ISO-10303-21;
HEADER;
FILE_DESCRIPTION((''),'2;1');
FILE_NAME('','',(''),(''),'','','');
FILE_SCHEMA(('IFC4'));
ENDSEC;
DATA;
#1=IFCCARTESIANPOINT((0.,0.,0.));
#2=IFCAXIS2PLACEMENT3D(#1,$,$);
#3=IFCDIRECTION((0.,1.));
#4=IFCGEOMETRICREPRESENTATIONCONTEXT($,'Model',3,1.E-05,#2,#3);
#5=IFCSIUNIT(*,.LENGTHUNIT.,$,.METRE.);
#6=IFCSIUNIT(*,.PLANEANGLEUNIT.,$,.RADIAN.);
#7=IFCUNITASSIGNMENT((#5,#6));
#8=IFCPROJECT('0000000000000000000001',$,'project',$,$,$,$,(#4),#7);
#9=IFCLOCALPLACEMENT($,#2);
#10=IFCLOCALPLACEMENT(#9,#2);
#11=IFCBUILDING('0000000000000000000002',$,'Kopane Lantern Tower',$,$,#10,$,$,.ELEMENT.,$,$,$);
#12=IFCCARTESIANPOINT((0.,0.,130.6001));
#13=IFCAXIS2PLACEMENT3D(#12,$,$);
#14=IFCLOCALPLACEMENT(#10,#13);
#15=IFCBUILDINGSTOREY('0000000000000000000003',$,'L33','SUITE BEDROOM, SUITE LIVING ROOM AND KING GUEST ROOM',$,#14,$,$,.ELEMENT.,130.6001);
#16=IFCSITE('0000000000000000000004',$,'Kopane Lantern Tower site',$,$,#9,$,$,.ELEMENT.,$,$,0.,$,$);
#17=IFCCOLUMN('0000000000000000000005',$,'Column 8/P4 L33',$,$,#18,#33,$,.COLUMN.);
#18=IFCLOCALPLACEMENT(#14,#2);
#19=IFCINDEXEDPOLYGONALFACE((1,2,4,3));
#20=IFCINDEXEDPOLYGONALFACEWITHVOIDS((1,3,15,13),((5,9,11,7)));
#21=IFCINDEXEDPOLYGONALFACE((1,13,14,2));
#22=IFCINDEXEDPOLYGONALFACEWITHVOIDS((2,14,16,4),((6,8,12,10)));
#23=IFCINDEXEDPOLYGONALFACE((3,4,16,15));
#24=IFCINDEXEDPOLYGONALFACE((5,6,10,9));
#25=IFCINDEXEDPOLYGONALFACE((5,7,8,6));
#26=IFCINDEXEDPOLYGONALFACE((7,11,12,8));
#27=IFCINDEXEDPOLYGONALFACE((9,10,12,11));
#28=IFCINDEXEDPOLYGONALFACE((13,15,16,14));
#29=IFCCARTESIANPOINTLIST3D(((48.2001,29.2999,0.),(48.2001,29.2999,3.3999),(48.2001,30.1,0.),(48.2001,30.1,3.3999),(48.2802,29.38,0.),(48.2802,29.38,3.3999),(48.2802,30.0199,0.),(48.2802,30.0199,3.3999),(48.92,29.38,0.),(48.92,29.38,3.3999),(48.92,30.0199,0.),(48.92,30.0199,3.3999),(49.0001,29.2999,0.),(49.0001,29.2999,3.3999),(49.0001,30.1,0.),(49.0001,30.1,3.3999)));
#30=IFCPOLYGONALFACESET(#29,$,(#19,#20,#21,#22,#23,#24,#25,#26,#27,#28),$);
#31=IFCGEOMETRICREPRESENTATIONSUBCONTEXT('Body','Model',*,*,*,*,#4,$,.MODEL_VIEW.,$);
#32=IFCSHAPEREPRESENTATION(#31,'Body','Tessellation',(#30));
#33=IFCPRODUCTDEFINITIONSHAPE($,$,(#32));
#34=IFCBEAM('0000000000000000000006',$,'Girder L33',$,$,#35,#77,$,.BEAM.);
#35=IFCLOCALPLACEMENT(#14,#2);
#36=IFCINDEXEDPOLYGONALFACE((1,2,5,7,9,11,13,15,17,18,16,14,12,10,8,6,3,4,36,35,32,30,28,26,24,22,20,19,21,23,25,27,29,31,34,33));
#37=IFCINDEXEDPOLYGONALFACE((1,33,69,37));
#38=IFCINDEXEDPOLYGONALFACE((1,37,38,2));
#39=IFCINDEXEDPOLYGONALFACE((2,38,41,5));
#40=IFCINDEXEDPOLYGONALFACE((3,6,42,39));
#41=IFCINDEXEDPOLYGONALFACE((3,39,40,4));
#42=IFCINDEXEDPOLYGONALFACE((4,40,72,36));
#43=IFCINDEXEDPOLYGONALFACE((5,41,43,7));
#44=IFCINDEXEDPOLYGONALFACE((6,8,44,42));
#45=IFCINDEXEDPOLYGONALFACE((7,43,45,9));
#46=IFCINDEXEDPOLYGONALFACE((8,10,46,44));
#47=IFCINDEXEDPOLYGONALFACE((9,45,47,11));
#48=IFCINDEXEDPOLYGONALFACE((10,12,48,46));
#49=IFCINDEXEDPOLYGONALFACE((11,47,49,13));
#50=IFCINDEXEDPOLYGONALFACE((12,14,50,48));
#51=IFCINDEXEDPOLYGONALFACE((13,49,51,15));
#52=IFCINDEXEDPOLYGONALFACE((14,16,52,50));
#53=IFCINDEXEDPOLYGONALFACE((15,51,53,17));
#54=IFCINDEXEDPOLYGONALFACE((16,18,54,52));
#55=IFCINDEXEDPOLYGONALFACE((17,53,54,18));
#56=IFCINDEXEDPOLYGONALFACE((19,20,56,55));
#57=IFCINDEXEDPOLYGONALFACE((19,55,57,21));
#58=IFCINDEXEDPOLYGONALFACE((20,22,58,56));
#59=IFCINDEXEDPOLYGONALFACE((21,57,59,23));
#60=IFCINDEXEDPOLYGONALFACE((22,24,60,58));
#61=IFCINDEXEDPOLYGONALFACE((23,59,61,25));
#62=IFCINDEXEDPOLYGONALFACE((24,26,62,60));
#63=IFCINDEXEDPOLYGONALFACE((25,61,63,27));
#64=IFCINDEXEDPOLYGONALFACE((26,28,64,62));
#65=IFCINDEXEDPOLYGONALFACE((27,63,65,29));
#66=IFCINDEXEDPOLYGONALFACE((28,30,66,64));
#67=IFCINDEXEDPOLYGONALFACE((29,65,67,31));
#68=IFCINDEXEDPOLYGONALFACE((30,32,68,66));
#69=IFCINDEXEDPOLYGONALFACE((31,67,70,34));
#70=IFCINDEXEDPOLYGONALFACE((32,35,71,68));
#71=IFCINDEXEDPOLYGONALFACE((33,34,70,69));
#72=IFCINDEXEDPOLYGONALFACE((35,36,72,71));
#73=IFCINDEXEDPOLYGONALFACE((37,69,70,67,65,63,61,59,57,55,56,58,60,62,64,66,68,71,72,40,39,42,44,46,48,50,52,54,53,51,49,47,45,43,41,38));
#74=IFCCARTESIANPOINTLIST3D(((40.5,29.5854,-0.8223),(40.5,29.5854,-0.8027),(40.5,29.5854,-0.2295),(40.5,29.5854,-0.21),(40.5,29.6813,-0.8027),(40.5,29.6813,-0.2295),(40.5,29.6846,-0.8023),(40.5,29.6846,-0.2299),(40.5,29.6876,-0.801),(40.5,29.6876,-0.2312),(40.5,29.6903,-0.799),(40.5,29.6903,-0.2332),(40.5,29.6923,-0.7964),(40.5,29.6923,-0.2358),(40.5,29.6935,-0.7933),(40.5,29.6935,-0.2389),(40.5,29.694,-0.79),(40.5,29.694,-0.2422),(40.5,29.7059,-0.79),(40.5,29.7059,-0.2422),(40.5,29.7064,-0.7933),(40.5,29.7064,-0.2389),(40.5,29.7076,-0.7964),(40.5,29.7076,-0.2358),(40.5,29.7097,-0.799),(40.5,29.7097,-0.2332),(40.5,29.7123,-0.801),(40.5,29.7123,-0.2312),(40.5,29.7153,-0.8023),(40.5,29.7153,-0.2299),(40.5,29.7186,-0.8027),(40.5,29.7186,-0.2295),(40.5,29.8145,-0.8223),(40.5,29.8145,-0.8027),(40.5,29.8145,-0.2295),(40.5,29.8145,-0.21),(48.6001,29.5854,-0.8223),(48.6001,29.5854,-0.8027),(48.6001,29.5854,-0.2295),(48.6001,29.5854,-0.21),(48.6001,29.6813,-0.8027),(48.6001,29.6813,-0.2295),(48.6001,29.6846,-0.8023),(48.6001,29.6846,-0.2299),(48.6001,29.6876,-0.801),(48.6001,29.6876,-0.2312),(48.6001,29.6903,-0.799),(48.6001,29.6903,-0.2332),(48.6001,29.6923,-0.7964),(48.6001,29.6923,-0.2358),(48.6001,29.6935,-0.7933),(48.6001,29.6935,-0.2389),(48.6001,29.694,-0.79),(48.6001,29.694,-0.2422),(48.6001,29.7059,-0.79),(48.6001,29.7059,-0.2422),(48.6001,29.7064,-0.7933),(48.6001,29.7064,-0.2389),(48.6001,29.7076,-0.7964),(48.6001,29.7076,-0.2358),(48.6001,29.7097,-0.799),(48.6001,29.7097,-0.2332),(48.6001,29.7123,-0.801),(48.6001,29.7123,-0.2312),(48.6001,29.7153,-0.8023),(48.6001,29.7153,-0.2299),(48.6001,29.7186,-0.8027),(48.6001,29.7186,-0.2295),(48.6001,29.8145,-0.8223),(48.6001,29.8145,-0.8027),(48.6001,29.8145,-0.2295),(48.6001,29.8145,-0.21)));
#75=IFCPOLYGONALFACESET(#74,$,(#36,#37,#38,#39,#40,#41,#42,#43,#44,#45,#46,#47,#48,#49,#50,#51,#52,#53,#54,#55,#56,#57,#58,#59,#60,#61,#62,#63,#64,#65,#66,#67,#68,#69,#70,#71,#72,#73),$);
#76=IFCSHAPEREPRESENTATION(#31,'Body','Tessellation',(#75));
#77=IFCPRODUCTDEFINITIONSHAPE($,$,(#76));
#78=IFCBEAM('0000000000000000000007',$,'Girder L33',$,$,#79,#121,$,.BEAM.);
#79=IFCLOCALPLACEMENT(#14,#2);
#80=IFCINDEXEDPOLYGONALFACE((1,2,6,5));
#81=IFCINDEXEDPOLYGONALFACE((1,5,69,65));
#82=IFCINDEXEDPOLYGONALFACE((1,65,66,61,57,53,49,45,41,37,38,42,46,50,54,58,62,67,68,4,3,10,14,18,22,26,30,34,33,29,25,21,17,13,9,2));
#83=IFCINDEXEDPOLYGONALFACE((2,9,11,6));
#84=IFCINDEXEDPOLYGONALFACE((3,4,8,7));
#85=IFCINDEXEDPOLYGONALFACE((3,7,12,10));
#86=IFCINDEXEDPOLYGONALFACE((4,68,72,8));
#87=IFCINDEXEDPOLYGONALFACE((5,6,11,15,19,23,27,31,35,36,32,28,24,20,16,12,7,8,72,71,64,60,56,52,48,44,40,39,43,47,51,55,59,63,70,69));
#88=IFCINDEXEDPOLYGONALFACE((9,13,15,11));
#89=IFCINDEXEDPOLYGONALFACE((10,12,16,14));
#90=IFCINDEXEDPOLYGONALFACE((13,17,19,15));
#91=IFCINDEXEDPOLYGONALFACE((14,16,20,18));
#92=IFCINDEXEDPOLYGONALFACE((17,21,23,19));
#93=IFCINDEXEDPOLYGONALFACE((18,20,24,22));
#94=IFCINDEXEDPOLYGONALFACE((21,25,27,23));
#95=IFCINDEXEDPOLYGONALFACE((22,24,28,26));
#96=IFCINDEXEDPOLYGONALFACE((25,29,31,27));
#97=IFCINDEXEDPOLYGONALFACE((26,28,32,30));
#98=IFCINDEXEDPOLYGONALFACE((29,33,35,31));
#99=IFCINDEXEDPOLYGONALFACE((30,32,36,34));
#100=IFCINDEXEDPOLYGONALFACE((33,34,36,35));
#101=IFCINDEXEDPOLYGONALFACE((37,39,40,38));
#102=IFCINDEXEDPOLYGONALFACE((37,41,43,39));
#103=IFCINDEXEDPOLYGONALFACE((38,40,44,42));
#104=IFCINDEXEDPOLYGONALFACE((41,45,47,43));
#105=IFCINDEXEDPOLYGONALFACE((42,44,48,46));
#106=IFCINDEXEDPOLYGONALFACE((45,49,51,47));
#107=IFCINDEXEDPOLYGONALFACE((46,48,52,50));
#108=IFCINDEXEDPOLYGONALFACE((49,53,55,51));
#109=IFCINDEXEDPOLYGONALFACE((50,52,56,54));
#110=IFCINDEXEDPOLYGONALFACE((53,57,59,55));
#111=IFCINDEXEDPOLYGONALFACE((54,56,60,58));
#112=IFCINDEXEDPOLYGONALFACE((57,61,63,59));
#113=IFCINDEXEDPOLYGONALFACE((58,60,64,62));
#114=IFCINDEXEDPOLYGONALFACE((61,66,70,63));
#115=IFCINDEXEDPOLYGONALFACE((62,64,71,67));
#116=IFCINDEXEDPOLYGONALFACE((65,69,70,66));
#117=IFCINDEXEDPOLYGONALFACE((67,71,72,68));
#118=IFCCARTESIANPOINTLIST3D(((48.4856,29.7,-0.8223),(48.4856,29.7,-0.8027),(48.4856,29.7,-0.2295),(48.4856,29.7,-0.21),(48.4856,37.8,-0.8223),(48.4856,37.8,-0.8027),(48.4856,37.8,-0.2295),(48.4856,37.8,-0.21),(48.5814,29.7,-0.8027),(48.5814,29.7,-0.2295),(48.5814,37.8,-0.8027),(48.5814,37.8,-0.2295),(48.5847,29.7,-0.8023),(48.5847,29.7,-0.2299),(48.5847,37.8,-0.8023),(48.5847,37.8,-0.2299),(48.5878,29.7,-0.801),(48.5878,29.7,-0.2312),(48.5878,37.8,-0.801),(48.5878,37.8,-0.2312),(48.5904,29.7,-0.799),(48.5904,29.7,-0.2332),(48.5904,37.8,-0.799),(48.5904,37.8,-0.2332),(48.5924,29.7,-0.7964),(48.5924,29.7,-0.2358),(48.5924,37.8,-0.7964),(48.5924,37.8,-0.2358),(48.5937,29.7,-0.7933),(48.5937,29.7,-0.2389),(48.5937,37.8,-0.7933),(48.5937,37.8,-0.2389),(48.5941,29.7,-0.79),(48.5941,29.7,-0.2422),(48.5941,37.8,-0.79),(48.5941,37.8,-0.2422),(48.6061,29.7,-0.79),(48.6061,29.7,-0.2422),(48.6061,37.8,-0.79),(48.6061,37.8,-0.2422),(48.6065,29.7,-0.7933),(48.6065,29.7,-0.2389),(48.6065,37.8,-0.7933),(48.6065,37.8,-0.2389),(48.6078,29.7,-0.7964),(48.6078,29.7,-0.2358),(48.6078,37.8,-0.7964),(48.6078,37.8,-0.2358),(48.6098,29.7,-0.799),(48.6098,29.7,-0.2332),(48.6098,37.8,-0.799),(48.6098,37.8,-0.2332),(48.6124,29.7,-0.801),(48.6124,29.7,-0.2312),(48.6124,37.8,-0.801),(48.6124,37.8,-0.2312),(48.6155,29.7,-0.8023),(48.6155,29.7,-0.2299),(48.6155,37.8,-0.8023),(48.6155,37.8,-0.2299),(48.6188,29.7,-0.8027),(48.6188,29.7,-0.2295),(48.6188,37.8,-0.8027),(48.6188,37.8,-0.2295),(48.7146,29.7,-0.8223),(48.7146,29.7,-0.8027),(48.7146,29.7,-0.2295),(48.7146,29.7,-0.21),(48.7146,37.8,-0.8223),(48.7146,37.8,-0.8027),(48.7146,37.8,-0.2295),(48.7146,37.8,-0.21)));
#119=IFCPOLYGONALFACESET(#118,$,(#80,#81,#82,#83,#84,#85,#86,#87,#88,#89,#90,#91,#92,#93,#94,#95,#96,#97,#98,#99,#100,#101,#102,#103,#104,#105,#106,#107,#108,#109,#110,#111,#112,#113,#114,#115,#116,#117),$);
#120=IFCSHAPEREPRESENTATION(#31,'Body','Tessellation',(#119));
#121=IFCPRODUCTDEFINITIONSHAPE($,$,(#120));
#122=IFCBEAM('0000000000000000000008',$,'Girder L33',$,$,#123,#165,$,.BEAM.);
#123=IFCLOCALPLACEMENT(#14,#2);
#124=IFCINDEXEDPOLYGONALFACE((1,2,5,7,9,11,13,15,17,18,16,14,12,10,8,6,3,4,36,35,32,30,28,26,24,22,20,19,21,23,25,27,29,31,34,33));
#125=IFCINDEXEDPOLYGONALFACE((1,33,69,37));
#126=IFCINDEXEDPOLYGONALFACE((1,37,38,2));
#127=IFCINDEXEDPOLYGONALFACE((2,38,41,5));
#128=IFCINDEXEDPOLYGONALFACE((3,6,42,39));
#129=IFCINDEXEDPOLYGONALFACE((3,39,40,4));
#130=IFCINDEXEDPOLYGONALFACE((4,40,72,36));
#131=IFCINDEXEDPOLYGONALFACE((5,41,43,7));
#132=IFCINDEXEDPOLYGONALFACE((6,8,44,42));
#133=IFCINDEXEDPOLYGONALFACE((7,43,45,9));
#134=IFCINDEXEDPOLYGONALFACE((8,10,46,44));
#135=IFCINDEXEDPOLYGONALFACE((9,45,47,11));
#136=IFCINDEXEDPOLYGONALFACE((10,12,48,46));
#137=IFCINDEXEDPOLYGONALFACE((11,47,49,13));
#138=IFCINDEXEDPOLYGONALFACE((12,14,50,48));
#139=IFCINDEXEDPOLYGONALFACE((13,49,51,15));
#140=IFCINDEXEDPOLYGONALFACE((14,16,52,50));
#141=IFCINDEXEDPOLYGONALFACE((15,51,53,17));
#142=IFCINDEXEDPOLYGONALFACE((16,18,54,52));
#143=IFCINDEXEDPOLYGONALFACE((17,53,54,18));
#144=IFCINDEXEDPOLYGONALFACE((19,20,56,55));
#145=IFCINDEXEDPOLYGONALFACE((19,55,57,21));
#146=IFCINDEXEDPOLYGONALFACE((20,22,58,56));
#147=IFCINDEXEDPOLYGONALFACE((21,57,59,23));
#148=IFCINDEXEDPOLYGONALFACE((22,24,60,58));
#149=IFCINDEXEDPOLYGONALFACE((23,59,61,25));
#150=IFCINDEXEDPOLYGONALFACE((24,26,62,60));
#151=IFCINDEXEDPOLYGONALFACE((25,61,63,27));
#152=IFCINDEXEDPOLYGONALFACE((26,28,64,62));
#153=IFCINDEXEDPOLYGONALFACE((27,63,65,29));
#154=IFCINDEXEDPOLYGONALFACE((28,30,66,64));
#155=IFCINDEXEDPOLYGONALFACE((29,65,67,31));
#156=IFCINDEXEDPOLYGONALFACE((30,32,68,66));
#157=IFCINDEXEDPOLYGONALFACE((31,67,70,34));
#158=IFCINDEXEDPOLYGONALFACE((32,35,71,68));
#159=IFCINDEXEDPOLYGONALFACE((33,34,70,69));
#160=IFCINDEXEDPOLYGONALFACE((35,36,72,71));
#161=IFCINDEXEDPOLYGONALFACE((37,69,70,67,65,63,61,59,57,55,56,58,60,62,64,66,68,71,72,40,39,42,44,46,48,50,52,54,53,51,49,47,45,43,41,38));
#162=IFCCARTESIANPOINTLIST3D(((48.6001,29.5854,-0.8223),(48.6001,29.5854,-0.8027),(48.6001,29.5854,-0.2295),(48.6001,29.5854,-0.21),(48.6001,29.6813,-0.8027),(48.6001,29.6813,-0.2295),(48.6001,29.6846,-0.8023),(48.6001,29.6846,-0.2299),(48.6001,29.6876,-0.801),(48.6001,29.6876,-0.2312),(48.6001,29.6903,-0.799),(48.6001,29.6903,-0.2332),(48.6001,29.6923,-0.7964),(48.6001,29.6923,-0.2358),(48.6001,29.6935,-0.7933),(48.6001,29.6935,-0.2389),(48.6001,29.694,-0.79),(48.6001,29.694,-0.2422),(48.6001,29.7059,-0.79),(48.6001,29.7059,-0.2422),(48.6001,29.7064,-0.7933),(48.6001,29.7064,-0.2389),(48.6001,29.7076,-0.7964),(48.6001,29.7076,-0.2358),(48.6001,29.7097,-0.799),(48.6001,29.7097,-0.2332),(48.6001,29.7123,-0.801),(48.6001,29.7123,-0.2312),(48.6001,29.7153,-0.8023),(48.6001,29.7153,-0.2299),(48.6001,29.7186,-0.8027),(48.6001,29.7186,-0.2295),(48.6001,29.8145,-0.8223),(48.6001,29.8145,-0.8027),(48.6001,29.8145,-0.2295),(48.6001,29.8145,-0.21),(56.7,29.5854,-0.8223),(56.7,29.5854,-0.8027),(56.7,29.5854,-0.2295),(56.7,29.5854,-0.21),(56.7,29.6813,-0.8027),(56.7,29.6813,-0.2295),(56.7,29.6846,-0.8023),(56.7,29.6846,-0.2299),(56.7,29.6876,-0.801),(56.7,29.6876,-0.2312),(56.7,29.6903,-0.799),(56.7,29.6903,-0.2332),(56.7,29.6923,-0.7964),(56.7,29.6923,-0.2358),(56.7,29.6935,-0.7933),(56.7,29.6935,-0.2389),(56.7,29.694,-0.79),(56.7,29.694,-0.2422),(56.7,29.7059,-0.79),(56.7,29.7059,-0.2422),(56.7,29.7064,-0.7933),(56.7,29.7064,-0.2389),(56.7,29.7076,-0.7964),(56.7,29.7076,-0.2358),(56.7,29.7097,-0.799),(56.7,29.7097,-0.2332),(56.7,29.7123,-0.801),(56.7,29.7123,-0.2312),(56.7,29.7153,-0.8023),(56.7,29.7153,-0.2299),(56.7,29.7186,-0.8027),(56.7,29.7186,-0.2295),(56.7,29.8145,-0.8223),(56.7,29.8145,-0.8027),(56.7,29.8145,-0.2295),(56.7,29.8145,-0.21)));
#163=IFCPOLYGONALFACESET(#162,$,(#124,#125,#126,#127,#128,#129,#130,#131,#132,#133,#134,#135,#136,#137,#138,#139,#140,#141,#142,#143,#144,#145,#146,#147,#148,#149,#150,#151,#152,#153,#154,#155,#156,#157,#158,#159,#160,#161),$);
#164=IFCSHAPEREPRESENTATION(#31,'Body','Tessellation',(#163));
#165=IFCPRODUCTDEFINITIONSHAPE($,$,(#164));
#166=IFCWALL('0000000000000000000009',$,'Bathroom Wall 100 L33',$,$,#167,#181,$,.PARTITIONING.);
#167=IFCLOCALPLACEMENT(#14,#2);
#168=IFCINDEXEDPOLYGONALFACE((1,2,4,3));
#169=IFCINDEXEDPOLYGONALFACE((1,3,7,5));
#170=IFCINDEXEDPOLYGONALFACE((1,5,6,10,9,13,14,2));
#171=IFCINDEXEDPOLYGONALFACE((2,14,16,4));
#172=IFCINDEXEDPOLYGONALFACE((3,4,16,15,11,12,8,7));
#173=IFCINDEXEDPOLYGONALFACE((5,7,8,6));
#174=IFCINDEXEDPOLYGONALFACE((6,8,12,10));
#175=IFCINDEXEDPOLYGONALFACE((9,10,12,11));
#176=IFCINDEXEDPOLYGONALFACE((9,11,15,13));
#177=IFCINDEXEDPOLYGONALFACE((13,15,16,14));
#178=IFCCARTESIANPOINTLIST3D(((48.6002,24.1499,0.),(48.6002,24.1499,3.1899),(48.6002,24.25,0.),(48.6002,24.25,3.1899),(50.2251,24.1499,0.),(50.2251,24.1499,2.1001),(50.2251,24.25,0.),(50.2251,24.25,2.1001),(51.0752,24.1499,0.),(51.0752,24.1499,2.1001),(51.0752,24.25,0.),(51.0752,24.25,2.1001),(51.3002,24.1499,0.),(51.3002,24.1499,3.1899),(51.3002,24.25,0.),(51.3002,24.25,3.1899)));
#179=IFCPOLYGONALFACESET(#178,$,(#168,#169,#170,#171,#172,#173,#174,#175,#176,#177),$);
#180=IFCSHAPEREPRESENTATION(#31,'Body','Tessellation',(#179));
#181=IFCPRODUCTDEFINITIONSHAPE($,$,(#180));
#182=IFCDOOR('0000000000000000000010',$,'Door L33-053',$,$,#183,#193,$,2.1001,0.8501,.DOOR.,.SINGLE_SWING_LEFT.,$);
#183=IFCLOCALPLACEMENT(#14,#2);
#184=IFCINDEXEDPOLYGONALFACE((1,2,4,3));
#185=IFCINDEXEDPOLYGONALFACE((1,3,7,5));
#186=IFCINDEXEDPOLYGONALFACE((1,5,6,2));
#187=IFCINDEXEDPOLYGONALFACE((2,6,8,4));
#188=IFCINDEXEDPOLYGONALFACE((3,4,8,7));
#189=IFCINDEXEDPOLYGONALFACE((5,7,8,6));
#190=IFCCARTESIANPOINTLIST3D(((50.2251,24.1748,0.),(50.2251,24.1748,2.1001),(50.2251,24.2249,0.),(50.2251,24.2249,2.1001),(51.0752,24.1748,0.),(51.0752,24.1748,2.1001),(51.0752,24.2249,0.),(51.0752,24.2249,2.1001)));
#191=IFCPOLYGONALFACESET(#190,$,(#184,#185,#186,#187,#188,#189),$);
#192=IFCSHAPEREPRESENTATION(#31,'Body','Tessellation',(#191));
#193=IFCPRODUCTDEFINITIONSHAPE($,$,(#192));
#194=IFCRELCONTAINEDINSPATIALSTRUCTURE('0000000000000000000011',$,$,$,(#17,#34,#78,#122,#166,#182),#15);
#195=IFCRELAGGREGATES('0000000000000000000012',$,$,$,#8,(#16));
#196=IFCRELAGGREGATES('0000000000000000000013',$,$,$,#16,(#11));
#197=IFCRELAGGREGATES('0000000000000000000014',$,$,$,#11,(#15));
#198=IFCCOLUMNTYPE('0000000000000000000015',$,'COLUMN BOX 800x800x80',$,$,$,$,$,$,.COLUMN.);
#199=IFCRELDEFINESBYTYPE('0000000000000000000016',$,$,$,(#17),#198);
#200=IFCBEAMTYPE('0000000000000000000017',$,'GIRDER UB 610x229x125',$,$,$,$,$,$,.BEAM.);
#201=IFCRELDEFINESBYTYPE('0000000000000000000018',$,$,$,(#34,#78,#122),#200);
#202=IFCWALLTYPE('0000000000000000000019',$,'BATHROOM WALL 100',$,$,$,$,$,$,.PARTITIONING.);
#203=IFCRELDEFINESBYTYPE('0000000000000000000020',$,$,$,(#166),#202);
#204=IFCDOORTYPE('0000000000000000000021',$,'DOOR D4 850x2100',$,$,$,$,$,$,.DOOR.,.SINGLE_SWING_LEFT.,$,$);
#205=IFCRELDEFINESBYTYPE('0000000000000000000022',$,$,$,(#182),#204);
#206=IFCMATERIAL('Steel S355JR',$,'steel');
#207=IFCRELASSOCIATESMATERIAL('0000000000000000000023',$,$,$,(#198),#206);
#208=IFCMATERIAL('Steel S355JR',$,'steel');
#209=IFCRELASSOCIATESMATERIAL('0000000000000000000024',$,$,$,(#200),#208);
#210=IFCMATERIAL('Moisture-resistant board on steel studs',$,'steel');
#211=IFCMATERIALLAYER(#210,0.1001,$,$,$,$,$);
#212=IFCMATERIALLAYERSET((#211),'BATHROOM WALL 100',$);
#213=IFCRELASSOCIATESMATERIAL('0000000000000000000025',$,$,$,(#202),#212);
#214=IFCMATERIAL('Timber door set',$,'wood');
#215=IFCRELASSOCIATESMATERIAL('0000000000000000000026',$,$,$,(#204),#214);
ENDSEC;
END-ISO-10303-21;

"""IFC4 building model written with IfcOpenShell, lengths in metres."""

from ifc_helpers import new_model, si_unit, direction, frame, frame_2d, origin, origin_2d, place, context, subcontext, project, spatial, rectangle, hollow_rectangle, i_section, extrude, material, layer, layer_set, material_profile, profile_set, type_object, element, fill, save


model = new_model("IFC4")

# Units and contexts
model_context = context("Model", 3, precision=1e-05, world=origin(), true_north=direction((0.0, 1.0)))
body_context = subcontext(model_context, "Body", "Model", "MODEL_VIEW")
ifc_project = project(units=[si_unit("LENGTHUNIT", "METRE"), si_unit("PLANEANGLEUNIT", "RADIAN")], contexts=[model_context])

# Site, building, storey
site_placement = place(None, origin())
site = spatial("IfcSite", under=ifc_project, at=site_placement, Name="Kopane Lantern Tower site", CompositionType="ELEMENT", RefElevation=0.0)
building_placement = place(site_placement, origin())
building = spatial("IfcBuilding", under=site, at=building_placement, Name="Kopane Lantern Tower", CompositionType="ELEMENT")
storey_placement = place(building_placement, frame((0.0, 0.0, 130.6001)))
storey = spatial("IfcBuildingStorey", under=building, at=storey_placement, Name="L33", Description="SUITE BEDROOM, SUITE LIVING ROOM AND KING GUEST ROOM", CompositionType="ELEMENT", Elevation=130.6001)

# Column
ifc_material_1 = material(Name="Steel S355JR", Category="steel")
ifc_material_profile_1 = material_profile(ifc_material_1, hollow_rectangle(XDim=0.8, YDim=0.8, WallThickness=0.0801, at=origin_2d()), Name="BOX 800x800x80")
ifc_profile_set_1 = profile_set([ifc_material_profile_1], Name="Steel S355JR")
column_type = type_object("IfcColumnType", Name="COLUMN BOX 800x800x80", PredefinedType="COLUMN", material=ifc_profile_set_1)
column_placement = place(storey_placement, frame((48.6001, 29.7, 0.0), z_axis=(0.0, 0.0, 1.0), x_axis=(1.0, 0.0, 0.0)))
element("IfcColumn", 1, at=column_placement, inside=storey, type_object=column_type, Name="Column 8/P4 L33", PredefinedType="COLUMN", context=body_context, shape_type="SweptSolid", body=[
    extrude(hollow_rectangle(XDim=0.8, YDim=0.8, WallThickness=0.0801, at=origin_2d()), origin(), (0.0, 0.0, 1.0), 3.3999),
])

# Beams
ifc_material_2 = material(Name="Steel S355JR", Category="steel")
ifc_material_profile_2 = material_profile(ifc_material_2, i_section(OverallWidth=0.229, OverallDepth=0.6123, WebThickness=0.012, FlangeThickness=0.0195, FilletRadius=0.0127, at=origin_2d()), Name="UB 610x229x125")
ifc_profile_set_2 = profile_set([ifc_material_profile_2], Name="Steel S355JR")
beam_type = type_object("IfcBeamType", Name="GIRDER UB 610x229x125", PredefinedType="BEAM", material=ifc_profile_set_2)
for number, where, z_axis, x_axis, name in (
    (2, (40.5, 29.7, -0.5161), (1.0, 0.0, 0.0), (0.0, 1.0, 0.0), "Girder L33"),
    (3, (48.6001, 29.7, -0.5161), (0.0, 1.0, 0.0), (-1.0, 0.0, 0.0), "Girder L33"),
):
    element("IfcBeam", number, at=place(storey_placement, frame(where, z_axis=z_axis, x_axis=x_axis)), inside=storey, type_object=beam_type, Name=name, PredefinedType="BEAM", context=body_context, shape_type="SweptSolid", body=[
        extrude(i_section(OverallWidth=0.229, OverallDepth=0.6123, WebThickness=0.012, FlangeThickness=0.0195, FilletRadius=0.0127, at=origin_2d()), origin(), (0.0, 0.0, 1.0), 8.1001),
    ])
beam_placement = place(storey_placement, frame((48.6001, 29.7, -0.5161), z_axis=(1.0, 0.0, 0.0), x_axis=(0.0, 1.0, 0.0)))
element("IfcBeam", 4, at=beam_placement, inside=storey, type_object=beam_type, Name="Girder L33", PredefinedType="BEAM", context=body_context, shape_type="SweptSolid", body=[
    extrude(i_section(OverallWidth=0.229, OverallDepth=0.6123, WebThickness=0.012, FlangeThickness=0.0195, FilletRadius=0.0127, at=origin_2d()), origin(), (0.0, 0.0, 1.0), 8.0999),
])

# Wall, opening, door
ifc_material_3 = material(Name="Moisture-resistant board on steel studs", Category="steel")
ifc_layer_1 = layer(ifc_material_3, 0.1001)
ifc_layer_set_1 = layer_set([ifc_layer_1], Name="BATHROOM WALL 100")
wall_type_1 = type_object("IfcWallType", Name="BATHROOM WALL 100", PredefinedType="PARTITIONING", material=ifc_layer_set_1)
wall_1_placement = place(storey_placement, frame((48.6001, 24.2, 0.0), z_axis=(0.0, 0.0, 1.0), x_axis=(1.0, 0.0, 0.0)))
wall_1 = element("IfcWall", 5, at=wall_1_placement, inside=storey, type_object=wall_type_1, Name="Bathroom Wall 100 L33", PredefinedType="PARTITIONING", context=body_context, shape_type="SweptSolid", body=[
    extrude(rectangle(XDim=2.7, YDim=0.1001, at=frame_2d((1.3501, 0.0))), origin(), (0.0, 0.0, 1.0), 3.1899),
])
opening_1_placement = place(wall_1_placement, frame((1.625, 0.0, 0.0)))
opening_1 = element("IfcOpeningElement", 6, at=opening_1_placement, cuts=wall_1, PredefinedType="OPENING", context=body_context, shape_type="SweptSolid", body=[
    extrude(rectangle(XDim=0.8501, YDim=2.1001, at=frame_2d((0.425, 1.05))), frame((0.0, 0.0601, 0.0), z_axis=(0.0, -1.0, 0.0), x_axis=(1.0, 0.0, 0.0)), (0.0, 0.0, 1.0), 0.1201),
])
ifc_material_4 = material(Name="Timber door set", Category="wood")
door_type_1 = type_object("IfcDoorType", Name="DOOR D4 850x2100", OperationType="SINGLE_SWING_LEFT", PredefinedType="DOOR", material=ifc_material_4)
door_1_placement = place(opening_1_placement, origin())
door_1 = element("IfcDoor", 7, at=door_1_placement, inside=storey, type_object=door_type_1, Name="Door L33-053", OperationType="SINGLE_SWING_LEFT", OverallHeight=2.1001, OverallWidth=0.8501, PredefinedType="DOOR", context=body_context, shape_type="SweptSolid", body=[
    extrude(rectangle(XDim=0.8501, YDim=2.1001, at=frame_2d((0.425, 1.05))), frame((0.0, 0.0249, 0.0), z_axis=(0.0, -1.0, 0.0), x_axis=(1.0, 0.0, 0.0)), (0.0, 0.0, 1.0), 0.05),
])
fill(opening_1, door_1)

save(model, "model.ifc")
